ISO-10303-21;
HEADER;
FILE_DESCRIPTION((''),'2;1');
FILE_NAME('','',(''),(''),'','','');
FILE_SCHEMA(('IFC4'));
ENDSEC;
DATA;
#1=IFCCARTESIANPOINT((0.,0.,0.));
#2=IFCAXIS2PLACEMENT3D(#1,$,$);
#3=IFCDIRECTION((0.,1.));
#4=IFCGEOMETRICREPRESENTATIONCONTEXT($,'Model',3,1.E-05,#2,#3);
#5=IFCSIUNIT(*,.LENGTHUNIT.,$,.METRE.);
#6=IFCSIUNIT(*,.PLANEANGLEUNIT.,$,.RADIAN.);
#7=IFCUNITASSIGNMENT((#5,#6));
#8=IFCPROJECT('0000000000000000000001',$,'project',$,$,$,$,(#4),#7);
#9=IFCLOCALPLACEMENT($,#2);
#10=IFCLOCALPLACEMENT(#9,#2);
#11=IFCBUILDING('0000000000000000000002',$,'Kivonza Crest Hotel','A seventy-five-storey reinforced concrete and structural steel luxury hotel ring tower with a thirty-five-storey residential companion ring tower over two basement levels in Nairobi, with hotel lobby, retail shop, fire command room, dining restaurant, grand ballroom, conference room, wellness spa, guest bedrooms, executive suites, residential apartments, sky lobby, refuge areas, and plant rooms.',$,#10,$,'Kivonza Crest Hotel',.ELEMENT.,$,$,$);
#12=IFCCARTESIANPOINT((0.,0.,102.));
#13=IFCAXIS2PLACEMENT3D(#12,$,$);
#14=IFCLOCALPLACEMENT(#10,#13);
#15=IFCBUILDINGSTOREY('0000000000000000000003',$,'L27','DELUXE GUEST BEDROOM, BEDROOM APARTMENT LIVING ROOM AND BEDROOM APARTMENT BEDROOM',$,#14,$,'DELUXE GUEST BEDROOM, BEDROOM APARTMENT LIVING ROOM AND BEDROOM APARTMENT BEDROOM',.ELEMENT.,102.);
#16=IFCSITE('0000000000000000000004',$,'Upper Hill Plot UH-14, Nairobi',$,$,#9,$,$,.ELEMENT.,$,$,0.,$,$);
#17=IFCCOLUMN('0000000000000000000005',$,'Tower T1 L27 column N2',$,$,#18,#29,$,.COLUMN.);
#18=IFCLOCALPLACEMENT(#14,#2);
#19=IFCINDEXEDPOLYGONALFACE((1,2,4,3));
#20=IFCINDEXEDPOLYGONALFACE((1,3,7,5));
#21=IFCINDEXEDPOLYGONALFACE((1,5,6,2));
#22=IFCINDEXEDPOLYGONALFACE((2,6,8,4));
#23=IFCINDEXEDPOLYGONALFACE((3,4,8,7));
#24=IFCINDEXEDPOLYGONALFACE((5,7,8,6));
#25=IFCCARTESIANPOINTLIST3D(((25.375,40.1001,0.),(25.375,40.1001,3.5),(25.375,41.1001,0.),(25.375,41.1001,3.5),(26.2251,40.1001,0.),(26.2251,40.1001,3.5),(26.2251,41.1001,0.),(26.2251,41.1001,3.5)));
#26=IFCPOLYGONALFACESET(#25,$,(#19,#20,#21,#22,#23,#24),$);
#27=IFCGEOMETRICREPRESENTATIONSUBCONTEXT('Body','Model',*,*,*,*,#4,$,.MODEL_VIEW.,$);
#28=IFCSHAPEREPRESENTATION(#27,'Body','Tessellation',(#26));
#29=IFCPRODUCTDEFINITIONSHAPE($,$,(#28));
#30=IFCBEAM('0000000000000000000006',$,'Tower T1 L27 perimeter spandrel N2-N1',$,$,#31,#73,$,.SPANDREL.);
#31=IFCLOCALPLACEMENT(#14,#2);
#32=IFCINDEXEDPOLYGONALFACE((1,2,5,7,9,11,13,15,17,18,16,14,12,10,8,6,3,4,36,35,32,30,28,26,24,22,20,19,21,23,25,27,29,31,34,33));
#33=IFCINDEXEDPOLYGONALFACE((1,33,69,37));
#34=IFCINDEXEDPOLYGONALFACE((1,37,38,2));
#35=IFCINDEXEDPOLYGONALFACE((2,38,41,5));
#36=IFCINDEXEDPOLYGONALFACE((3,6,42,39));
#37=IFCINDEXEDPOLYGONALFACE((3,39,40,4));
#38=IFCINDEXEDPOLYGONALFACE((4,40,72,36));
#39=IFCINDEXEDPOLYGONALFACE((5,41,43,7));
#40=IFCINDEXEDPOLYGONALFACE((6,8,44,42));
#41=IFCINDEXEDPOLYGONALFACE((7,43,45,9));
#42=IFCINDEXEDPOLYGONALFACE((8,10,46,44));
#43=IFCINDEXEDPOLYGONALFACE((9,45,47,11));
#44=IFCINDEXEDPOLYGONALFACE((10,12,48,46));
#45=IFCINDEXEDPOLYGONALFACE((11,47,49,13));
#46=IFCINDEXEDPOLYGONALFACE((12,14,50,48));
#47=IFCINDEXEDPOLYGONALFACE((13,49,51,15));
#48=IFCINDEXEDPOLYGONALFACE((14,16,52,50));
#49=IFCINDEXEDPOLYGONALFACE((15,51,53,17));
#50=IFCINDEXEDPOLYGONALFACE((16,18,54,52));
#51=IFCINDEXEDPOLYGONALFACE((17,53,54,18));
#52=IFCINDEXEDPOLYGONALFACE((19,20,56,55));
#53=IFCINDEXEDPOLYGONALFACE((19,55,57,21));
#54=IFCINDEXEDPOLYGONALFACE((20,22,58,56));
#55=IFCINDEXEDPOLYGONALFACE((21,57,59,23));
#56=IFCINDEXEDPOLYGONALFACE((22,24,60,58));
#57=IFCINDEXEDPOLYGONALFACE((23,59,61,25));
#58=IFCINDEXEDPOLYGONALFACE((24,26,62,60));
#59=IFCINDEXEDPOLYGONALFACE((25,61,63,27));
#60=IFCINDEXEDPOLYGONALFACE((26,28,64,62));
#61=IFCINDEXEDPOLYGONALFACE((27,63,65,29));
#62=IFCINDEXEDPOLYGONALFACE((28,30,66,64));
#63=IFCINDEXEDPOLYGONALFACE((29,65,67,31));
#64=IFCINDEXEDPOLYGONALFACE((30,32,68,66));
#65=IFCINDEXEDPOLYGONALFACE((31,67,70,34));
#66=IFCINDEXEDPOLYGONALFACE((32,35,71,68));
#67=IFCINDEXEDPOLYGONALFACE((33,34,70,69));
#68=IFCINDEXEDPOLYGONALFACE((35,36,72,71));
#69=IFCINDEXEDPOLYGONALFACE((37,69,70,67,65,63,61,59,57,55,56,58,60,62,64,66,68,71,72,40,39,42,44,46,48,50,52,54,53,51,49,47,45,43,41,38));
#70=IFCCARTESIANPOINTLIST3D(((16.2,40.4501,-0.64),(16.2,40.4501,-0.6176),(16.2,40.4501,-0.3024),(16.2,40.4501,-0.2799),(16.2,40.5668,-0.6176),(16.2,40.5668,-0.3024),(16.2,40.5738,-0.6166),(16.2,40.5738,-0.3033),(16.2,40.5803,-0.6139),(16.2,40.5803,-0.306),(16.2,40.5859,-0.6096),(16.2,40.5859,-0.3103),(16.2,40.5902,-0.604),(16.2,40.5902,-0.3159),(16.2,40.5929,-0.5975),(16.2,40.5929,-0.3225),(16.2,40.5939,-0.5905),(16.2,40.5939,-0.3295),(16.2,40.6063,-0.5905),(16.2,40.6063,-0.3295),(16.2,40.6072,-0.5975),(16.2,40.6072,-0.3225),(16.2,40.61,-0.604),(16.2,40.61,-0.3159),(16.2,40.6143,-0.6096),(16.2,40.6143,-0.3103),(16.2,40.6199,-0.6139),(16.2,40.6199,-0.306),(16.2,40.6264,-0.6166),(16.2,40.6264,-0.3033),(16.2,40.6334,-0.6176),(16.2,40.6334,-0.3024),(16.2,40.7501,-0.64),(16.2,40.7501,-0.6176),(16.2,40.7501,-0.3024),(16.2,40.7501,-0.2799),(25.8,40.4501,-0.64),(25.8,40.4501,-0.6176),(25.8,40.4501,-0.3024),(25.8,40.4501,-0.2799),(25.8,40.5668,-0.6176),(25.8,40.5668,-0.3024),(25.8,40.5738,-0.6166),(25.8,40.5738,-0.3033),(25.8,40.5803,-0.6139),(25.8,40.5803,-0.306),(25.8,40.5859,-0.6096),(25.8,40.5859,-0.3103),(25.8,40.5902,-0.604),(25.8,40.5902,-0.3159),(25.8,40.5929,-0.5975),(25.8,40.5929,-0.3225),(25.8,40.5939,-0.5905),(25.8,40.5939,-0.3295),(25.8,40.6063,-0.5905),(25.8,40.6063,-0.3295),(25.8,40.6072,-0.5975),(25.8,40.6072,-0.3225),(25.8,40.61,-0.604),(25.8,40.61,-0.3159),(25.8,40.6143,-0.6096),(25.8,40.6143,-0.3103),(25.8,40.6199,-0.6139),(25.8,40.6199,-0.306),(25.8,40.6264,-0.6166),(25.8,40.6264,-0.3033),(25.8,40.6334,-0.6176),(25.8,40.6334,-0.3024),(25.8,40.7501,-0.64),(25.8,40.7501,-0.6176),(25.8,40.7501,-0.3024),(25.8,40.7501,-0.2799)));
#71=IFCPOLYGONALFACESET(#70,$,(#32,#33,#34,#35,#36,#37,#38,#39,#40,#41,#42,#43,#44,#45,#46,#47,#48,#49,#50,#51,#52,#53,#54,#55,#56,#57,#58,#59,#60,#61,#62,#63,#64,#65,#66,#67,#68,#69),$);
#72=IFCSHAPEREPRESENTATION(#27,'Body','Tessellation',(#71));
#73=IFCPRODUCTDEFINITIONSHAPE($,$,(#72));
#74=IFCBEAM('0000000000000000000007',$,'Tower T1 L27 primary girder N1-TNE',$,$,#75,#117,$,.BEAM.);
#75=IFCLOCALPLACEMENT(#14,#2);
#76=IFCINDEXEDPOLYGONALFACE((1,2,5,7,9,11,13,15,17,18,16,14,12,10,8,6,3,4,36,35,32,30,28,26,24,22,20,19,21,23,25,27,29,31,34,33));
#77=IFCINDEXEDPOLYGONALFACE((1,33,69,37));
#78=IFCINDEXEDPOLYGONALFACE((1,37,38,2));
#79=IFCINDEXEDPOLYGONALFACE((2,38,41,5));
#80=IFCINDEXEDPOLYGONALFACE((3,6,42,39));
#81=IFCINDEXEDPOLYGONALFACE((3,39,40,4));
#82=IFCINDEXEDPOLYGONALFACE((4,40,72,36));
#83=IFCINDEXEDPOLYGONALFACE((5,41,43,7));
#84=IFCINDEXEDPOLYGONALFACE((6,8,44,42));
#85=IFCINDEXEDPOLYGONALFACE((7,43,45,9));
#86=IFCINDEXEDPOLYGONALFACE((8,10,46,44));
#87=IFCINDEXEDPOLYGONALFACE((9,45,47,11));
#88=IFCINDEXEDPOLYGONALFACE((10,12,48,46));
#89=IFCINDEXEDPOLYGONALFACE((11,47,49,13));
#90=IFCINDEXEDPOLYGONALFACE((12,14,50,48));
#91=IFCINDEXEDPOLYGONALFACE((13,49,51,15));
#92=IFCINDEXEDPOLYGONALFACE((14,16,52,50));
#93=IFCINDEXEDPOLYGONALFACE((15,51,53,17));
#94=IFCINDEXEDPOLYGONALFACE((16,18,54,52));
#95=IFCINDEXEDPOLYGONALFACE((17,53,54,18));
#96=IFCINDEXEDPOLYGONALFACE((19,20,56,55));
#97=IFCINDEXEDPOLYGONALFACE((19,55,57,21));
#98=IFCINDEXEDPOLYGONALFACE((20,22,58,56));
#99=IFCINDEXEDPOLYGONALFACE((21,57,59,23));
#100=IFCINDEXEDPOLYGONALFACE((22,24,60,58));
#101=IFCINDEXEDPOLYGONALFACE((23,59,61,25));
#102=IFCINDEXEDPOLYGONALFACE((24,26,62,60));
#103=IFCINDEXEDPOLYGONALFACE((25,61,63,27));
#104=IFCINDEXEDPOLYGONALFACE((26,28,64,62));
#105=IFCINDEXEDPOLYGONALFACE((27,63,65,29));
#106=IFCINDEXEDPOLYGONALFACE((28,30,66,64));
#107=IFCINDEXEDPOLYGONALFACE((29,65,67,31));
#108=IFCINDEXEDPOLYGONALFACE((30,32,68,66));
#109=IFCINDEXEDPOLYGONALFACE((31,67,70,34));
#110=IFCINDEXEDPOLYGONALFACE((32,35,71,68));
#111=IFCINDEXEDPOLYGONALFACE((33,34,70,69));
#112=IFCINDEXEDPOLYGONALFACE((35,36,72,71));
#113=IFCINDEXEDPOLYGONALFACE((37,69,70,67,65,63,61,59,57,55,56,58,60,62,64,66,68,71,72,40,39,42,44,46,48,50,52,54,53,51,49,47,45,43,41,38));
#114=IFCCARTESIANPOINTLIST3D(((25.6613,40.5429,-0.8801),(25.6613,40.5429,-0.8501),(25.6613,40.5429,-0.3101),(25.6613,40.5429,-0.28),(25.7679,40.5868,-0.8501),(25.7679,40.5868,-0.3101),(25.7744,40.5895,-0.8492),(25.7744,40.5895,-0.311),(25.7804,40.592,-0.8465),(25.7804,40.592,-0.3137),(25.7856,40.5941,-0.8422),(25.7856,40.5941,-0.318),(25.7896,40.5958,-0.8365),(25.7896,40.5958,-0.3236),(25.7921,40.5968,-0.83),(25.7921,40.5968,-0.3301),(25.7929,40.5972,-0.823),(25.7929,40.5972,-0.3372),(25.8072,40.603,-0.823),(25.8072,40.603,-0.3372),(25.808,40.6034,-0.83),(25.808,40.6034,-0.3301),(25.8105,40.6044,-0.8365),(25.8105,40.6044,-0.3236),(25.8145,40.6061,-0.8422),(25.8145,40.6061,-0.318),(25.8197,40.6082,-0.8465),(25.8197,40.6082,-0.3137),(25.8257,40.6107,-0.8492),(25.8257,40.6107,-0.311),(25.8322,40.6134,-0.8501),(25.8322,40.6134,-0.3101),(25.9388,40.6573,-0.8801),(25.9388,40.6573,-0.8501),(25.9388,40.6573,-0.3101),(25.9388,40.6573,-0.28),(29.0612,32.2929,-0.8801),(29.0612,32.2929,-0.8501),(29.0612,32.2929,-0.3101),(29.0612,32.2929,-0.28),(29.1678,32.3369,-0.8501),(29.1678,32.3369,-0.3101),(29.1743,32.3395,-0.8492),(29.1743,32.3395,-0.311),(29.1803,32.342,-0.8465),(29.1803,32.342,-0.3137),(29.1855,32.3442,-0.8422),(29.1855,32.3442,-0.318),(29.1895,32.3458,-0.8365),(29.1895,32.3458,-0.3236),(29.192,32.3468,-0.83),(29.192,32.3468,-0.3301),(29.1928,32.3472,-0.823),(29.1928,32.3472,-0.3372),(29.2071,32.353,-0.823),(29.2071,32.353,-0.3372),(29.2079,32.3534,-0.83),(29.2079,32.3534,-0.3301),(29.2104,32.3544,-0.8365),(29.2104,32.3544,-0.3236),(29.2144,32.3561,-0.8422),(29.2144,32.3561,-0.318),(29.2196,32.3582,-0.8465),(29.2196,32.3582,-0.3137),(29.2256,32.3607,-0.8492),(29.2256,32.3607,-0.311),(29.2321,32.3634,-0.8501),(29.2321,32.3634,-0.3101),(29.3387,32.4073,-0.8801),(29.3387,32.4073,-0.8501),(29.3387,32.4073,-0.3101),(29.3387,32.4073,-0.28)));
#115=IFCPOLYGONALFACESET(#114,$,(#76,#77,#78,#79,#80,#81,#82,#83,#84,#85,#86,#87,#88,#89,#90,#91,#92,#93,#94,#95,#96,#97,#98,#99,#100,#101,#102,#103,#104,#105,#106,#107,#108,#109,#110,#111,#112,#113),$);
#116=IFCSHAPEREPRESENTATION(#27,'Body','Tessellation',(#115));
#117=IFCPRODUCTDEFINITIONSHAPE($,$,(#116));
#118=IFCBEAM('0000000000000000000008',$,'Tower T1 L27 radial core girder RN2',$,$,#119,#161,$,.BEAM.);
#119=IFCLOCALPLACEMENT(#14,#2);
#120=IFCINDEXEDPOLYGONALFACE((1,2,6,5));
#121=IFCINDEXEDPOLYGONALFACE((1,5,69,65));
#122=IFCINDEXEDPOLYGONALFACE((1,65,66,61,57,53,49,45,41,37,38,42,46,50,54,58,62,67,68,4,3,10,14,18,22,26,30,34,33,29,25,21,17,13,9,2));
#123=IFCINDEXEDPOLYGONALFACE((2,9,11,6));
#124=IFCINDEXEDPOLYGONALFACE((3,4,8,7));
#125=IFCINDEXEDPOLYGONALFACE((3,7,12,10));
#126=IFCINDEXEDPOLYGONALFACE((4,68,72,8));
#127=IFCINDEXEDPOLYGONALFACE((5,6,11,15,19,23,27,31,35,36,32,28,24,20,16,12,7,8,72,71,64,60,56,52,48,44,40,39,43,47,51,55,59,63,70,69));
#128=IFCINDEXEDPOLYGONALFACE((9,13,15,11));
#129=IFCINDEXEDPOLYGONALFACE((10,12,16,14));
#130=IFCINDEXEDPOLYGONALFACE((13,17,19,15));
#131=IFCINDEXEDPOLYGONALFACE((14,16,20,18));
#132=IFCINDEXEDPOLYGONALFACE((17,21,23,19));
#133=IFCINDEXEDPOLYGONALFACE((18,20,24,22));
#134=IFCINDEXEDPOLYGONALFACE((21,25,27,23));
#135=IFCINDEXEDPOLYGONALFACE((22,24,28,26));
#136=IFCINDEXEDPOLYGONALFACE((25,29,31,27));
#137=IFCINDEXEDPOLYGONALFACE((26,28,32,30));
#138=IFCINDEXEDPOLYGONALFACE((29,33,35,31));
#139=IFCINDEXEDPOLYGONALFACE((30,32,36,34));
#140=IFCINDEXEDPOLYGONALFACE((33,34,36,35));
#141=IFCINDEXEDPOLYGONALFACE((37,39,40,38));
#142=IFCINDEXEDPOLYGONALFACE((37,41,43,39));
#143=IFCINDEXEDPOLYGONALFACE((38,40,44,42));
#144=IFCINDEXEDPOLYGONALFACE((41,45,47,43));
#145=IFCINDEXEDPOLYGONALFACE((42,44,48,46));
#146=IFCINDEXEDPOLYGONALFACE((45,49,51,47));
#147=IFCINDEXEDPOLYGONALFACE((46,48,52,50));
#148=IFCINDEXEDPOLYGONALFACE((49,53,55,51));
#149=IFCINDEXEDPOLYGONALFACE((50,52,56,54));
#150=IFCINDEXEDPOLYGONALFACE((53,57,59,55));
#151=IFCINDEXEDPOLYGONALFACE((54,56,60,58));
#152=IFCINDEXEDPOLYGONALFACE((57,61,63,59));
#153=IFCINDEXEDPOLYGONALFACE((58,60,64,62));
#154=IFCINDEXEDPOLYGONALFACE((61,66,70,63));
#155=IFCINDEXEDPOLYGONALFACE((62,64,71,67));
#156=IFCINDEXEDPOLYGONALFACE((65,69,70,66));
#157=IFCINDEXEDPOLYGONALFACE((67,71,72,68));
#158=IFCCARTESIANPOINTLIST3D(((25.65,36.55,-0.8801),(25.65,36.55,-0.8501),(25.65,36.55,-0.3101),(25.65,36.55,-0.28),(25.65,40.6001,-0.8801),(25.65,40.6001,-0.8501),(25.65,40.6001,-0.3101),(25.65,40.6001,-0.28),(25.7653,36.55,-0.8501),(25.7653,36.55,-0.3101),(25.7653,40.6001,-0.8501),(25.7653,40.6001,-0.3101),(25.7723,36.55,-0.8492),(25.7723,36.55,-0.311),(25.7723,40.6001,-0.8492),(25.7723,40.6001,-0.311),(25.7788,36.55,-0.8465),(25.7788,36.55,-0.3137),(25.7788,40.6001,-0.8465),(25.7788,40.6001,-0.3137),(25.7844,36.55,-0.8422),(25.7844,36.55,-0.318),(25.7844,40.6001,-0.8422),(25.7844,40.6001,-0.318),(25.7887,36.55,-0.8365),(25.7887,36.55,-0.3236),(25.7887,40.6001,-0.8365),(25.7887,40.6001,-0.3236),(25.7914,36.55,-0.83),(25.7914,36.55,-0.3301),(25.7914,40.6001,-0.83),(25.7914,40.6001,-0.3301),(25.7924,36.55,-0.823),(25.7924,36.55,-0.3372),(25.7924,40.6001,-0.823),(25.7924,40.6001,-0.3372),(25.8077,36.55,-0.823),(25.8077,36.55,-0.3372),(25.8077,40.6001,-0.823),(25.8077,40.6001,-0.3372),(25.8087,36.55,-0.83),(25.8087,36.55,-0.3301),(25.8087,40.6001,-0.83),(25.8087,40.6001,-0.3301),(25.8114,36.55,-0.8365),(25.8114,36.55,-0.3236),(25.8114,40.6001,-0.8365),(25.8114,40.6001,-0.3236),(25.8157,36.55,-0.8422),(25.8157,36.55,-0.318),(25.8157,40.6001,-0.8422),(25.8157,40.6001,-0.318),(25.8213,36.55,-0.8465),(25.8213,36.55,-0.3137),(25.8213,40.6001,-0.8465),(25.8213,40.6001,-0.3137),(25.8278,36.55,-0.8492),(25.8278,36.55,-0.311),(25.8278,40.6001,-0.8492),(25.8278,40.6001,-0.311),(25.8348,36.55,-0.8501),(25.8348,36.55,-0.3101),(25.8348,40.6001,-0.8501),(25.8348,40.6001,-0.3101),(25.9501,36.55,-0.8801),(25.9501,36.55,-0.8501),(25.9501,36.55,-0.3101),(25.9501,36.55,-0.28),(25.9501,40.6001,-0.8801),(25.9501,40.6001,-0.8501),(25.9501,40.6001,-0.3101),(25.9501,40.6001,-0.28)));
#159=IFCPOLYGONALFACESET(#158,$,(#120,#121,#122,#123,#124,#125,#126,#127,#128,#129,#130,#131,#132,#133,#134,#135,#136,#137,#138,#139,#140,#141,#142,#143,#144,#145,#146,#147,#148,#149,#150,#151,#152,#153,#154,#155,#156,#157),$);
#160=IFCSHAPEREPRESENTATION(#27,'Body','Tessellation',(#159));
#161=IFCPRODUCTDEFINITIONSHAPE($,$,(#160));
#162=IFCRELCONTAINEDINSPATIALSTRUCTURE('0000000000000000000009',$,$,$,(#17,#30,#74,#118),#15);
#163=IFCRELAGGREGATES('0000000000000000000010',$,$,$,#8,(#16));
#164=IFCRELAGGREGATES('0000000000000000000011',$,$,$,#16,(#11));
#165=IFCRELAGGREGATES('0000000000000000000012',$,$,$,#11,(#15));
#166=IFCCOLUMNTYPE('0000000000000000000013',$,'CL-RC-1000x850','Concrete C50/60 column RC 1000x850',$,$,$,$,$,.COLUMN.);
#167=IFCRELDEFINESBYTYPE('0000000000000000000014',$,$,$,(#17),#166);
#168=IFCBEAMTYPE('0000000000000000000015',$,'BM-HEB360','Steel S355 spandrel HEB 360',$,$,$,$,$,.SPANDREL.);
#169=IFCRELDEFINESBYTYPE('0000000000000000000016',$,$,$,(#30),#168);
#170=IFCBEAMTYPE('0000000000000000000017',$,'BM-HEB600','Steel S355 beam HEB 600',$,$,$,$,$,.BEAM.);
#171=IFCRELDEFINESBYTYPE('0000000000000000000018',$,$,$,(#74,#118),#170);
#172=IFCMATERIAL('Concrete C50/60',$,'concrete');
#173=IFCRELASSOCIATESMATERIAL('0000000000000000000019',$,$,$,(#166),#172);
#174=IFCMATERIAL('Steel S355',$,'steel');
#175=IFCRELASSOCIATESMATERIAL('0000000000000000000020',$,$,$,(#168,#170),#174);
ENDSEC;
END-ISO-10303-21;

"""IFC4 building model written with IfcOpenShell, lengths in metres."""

from ifc_helpers import new_model, si_unit, direction, frame, origin, origin_2d, place, context, subcontext, project, spatial, rectangle, i_section, extrude, material, material_profile, profile_set, type_object, element, save


model = new_model("IFC4")

# Units and contexts
model_context = context("Model", 3, precision=1e-05, world=origin(), true_north=direction((0.0, 1.0)))
body_context = subcontext(model_context, "Body", "Model", "MODEL_VIEW")
ifc_project = project(units=[si_unit("LENGTHUNIT", "METRE"), si_unit("PLANEANGLEUNIT", "RADIAN")], contexts=[model_context])

# Site, building, storey
site_placement = place(None, origin())
site = spatial("IfcSite", under=ifc_project, at=site_placement, Name="Upper Hill Plot UH-14, Nairobi", CompositionType="ELEMENT", RefElevation=0.0)
building_placement = place(site_placement, origin())
building = spatial("IfcBuilding", under=site, at=building_placement, Name="Kivonza Crest Hotel", Description="A seventy-five-storey reinforced concrete and structural steel luxury hotel ring tower with a thirty-five-storey residential companion ring tower over two basement levels in Nairobi, with hotel lobby, retail shop, fire command room, dining restaurant, grand ballroom, conference room, wellness spa, guest bedrooms, executive suites, residential apartments, sky lobby, refuge areas, and plant rooms.", LongName="Kivonza Crest Hotel", CompositionType="ELEMENT")
storey_placement = place(building_placement, frame((0.0, 0.0, 102.0)))
storey = spatial("IfcBuildingStorey", under=building, at=storey_placement, Name="L27", Description="DELUXE GUEST BEDROOM, BEDROOM APARTMENT LIVING ROOM AND BEDROOM APARTMENT BEDROOM", LongName="DELUXE GUEST BEDROOM, BEDROOM APARTMENT LIVING ROOM AND BEDROOM APARTMENT BEDROOM", CompositionType="ELEMENT", Elevation=102.0)

# Column
ifc_material_1 = material(Name="Concrete C50/60", Category="concrete")
ifc_material_profile_1 = material_profile(ifc_material_1, rectangle(XDim=0.8501, YDim=1.0, at=origin_2d()), Name="RC 1000x850")
ifc_profile_set_1 = profile_set([ifc_material_profile_1], Name="Concrete C50/60")
column_type = type_object("IfcColumnType", Name="CL-RC-1000x850", Description="Concrete C50/60 column RC 1000x850", PredefinedType="COLUMN", material=ifc_profile_set_1)
column_placement = place(storey_placement, frame((25.8, 40.6001, 0.0), z_axis=(0.0, 0.0, 1.0), x_axis=(1.0, 0.0, 0.0)))
element("IfcColumn", 1, at=column_placement, inside=storey, type_object=column_type, Name="Tower T1 L27 column N2", PredefinedType="COLUMN", context=body_context, shape_type="SweptSolid", body=[
    extrude(rectangle(XDim=0.8501, YDim=1.0, at=origin_2d()), origin(), (0.0, 0.0, 1.0), 3.5),
])

# Beams
ifc_material_2 = material(Name="Steel S355", Category="steel")
ifc_material_profile_2 = material_profile(ifc_material_2, i_section(OverallWidth=0.3, OverallDepth=0.3601, WebThickness=0.0125, FlangeThickness=0.0225, FilletRadius=0.0271, at=origin_2d()), Name="HEB 360")
ifc_profile_set_2 = profile_set([ifc_material_profile_2], Name="Steel S355")
beam_type_1 = type_object("IfcBeamType", Name="BM-HEB360", Description="Steel S355 spandrel HEB 360", PredefinedType="SPANDREL", material=ifc_profile_set_2)
beam_1_placement = place(storey_placement, frame((25.8, 40.6001, -0.46), z_axis=(-1.0, 0.0, 0.0), x_axis=(0.0, -1.0, 0.0)))
element("IfcBeam", 2, at=beam_1_placement, inside=storey, type_object=beam_type_1, Name="Tower T1 L27 perimeter spandrel N2-N1", PredefinedType="SPANDREL", context=body_context, shape_type="SweptSolid", body=[
    extrude(i_section(OverallWidth=0.3, OverallDepth=0.3601, WebThickness=0.0125, FlangeThickness=0.0225, FilletRadius=0.0271, at=origin_2d()), origin(), (0.0, 0.0, 1.0), 9.6001),
])
ifc_material_profile_3 = material_profile(ifc_material_2, i_section(OverallWidth=0.3, OverallDepth=0.6001, WebThickness=0.0154, FlangeThickness=0.03, FilletRadius=0.0271, at=origin_2d()), Name="HEB 600")
ifc_profile_set_3 = profile_set([ifc_material_profile_3], Name="Steel S355")
beam_type_2 = type_object("IfcBeamType", Name="BM-HEB600", Description="Steel S355 beam HEB 600", PredefinedType="BEAM", material=ifc_profile_set_3)
beam_2_placement = place(storey_placement, frame((25.8, 40.6001, -0.5801), z_axis=(0.381022, -0.924566, 0.0), x_axis=(0.924566, 0.381022, 0.0)))
element("IfcBeam", 3, at=beam_2_placement, inside=storey, type_object=beam_type_2, Name="Tower T1 L27 primary girder N1-TNE", PredefinedType="BEAM", context=body_context, shape_type="SweptSolid", body=[
    extrude(i_section(OverallWidth=0.3, OverallDepth=0.6001, WebThickness=0.0154, FlangeThickness=0.03, FilletRadius=0.0271, at=origin_2d()), origin(), (0.0, 0.0, 1.0), 8.9231),
])
beam_3_placement = place(storey_placement, frame((25.8, 40.6001, -0.5801), z_axis=(0.0, -1.0, 0.0), x_axis=(1.0, 0.0, 0.0)))
element("IfcBeam", 4, at=beam_3_placement, inside=storey, type_object=beam_type_2, Name="Tower T1 L27 radial core girder RN2", PredefinedType="BEAM", context=body_context, shape_type="SweptSolid", body=[
    extrude(i_section(OverallWidth=0.3, OverallDepth=0.6001, WebThickness=0.0154, FlangeThickness=0.03, FilletRadius=0.0271, at=origin_2d()), origin(), (0.0, 0.0, 1.0), 4.05),
])

save(model, "model.ifc")
